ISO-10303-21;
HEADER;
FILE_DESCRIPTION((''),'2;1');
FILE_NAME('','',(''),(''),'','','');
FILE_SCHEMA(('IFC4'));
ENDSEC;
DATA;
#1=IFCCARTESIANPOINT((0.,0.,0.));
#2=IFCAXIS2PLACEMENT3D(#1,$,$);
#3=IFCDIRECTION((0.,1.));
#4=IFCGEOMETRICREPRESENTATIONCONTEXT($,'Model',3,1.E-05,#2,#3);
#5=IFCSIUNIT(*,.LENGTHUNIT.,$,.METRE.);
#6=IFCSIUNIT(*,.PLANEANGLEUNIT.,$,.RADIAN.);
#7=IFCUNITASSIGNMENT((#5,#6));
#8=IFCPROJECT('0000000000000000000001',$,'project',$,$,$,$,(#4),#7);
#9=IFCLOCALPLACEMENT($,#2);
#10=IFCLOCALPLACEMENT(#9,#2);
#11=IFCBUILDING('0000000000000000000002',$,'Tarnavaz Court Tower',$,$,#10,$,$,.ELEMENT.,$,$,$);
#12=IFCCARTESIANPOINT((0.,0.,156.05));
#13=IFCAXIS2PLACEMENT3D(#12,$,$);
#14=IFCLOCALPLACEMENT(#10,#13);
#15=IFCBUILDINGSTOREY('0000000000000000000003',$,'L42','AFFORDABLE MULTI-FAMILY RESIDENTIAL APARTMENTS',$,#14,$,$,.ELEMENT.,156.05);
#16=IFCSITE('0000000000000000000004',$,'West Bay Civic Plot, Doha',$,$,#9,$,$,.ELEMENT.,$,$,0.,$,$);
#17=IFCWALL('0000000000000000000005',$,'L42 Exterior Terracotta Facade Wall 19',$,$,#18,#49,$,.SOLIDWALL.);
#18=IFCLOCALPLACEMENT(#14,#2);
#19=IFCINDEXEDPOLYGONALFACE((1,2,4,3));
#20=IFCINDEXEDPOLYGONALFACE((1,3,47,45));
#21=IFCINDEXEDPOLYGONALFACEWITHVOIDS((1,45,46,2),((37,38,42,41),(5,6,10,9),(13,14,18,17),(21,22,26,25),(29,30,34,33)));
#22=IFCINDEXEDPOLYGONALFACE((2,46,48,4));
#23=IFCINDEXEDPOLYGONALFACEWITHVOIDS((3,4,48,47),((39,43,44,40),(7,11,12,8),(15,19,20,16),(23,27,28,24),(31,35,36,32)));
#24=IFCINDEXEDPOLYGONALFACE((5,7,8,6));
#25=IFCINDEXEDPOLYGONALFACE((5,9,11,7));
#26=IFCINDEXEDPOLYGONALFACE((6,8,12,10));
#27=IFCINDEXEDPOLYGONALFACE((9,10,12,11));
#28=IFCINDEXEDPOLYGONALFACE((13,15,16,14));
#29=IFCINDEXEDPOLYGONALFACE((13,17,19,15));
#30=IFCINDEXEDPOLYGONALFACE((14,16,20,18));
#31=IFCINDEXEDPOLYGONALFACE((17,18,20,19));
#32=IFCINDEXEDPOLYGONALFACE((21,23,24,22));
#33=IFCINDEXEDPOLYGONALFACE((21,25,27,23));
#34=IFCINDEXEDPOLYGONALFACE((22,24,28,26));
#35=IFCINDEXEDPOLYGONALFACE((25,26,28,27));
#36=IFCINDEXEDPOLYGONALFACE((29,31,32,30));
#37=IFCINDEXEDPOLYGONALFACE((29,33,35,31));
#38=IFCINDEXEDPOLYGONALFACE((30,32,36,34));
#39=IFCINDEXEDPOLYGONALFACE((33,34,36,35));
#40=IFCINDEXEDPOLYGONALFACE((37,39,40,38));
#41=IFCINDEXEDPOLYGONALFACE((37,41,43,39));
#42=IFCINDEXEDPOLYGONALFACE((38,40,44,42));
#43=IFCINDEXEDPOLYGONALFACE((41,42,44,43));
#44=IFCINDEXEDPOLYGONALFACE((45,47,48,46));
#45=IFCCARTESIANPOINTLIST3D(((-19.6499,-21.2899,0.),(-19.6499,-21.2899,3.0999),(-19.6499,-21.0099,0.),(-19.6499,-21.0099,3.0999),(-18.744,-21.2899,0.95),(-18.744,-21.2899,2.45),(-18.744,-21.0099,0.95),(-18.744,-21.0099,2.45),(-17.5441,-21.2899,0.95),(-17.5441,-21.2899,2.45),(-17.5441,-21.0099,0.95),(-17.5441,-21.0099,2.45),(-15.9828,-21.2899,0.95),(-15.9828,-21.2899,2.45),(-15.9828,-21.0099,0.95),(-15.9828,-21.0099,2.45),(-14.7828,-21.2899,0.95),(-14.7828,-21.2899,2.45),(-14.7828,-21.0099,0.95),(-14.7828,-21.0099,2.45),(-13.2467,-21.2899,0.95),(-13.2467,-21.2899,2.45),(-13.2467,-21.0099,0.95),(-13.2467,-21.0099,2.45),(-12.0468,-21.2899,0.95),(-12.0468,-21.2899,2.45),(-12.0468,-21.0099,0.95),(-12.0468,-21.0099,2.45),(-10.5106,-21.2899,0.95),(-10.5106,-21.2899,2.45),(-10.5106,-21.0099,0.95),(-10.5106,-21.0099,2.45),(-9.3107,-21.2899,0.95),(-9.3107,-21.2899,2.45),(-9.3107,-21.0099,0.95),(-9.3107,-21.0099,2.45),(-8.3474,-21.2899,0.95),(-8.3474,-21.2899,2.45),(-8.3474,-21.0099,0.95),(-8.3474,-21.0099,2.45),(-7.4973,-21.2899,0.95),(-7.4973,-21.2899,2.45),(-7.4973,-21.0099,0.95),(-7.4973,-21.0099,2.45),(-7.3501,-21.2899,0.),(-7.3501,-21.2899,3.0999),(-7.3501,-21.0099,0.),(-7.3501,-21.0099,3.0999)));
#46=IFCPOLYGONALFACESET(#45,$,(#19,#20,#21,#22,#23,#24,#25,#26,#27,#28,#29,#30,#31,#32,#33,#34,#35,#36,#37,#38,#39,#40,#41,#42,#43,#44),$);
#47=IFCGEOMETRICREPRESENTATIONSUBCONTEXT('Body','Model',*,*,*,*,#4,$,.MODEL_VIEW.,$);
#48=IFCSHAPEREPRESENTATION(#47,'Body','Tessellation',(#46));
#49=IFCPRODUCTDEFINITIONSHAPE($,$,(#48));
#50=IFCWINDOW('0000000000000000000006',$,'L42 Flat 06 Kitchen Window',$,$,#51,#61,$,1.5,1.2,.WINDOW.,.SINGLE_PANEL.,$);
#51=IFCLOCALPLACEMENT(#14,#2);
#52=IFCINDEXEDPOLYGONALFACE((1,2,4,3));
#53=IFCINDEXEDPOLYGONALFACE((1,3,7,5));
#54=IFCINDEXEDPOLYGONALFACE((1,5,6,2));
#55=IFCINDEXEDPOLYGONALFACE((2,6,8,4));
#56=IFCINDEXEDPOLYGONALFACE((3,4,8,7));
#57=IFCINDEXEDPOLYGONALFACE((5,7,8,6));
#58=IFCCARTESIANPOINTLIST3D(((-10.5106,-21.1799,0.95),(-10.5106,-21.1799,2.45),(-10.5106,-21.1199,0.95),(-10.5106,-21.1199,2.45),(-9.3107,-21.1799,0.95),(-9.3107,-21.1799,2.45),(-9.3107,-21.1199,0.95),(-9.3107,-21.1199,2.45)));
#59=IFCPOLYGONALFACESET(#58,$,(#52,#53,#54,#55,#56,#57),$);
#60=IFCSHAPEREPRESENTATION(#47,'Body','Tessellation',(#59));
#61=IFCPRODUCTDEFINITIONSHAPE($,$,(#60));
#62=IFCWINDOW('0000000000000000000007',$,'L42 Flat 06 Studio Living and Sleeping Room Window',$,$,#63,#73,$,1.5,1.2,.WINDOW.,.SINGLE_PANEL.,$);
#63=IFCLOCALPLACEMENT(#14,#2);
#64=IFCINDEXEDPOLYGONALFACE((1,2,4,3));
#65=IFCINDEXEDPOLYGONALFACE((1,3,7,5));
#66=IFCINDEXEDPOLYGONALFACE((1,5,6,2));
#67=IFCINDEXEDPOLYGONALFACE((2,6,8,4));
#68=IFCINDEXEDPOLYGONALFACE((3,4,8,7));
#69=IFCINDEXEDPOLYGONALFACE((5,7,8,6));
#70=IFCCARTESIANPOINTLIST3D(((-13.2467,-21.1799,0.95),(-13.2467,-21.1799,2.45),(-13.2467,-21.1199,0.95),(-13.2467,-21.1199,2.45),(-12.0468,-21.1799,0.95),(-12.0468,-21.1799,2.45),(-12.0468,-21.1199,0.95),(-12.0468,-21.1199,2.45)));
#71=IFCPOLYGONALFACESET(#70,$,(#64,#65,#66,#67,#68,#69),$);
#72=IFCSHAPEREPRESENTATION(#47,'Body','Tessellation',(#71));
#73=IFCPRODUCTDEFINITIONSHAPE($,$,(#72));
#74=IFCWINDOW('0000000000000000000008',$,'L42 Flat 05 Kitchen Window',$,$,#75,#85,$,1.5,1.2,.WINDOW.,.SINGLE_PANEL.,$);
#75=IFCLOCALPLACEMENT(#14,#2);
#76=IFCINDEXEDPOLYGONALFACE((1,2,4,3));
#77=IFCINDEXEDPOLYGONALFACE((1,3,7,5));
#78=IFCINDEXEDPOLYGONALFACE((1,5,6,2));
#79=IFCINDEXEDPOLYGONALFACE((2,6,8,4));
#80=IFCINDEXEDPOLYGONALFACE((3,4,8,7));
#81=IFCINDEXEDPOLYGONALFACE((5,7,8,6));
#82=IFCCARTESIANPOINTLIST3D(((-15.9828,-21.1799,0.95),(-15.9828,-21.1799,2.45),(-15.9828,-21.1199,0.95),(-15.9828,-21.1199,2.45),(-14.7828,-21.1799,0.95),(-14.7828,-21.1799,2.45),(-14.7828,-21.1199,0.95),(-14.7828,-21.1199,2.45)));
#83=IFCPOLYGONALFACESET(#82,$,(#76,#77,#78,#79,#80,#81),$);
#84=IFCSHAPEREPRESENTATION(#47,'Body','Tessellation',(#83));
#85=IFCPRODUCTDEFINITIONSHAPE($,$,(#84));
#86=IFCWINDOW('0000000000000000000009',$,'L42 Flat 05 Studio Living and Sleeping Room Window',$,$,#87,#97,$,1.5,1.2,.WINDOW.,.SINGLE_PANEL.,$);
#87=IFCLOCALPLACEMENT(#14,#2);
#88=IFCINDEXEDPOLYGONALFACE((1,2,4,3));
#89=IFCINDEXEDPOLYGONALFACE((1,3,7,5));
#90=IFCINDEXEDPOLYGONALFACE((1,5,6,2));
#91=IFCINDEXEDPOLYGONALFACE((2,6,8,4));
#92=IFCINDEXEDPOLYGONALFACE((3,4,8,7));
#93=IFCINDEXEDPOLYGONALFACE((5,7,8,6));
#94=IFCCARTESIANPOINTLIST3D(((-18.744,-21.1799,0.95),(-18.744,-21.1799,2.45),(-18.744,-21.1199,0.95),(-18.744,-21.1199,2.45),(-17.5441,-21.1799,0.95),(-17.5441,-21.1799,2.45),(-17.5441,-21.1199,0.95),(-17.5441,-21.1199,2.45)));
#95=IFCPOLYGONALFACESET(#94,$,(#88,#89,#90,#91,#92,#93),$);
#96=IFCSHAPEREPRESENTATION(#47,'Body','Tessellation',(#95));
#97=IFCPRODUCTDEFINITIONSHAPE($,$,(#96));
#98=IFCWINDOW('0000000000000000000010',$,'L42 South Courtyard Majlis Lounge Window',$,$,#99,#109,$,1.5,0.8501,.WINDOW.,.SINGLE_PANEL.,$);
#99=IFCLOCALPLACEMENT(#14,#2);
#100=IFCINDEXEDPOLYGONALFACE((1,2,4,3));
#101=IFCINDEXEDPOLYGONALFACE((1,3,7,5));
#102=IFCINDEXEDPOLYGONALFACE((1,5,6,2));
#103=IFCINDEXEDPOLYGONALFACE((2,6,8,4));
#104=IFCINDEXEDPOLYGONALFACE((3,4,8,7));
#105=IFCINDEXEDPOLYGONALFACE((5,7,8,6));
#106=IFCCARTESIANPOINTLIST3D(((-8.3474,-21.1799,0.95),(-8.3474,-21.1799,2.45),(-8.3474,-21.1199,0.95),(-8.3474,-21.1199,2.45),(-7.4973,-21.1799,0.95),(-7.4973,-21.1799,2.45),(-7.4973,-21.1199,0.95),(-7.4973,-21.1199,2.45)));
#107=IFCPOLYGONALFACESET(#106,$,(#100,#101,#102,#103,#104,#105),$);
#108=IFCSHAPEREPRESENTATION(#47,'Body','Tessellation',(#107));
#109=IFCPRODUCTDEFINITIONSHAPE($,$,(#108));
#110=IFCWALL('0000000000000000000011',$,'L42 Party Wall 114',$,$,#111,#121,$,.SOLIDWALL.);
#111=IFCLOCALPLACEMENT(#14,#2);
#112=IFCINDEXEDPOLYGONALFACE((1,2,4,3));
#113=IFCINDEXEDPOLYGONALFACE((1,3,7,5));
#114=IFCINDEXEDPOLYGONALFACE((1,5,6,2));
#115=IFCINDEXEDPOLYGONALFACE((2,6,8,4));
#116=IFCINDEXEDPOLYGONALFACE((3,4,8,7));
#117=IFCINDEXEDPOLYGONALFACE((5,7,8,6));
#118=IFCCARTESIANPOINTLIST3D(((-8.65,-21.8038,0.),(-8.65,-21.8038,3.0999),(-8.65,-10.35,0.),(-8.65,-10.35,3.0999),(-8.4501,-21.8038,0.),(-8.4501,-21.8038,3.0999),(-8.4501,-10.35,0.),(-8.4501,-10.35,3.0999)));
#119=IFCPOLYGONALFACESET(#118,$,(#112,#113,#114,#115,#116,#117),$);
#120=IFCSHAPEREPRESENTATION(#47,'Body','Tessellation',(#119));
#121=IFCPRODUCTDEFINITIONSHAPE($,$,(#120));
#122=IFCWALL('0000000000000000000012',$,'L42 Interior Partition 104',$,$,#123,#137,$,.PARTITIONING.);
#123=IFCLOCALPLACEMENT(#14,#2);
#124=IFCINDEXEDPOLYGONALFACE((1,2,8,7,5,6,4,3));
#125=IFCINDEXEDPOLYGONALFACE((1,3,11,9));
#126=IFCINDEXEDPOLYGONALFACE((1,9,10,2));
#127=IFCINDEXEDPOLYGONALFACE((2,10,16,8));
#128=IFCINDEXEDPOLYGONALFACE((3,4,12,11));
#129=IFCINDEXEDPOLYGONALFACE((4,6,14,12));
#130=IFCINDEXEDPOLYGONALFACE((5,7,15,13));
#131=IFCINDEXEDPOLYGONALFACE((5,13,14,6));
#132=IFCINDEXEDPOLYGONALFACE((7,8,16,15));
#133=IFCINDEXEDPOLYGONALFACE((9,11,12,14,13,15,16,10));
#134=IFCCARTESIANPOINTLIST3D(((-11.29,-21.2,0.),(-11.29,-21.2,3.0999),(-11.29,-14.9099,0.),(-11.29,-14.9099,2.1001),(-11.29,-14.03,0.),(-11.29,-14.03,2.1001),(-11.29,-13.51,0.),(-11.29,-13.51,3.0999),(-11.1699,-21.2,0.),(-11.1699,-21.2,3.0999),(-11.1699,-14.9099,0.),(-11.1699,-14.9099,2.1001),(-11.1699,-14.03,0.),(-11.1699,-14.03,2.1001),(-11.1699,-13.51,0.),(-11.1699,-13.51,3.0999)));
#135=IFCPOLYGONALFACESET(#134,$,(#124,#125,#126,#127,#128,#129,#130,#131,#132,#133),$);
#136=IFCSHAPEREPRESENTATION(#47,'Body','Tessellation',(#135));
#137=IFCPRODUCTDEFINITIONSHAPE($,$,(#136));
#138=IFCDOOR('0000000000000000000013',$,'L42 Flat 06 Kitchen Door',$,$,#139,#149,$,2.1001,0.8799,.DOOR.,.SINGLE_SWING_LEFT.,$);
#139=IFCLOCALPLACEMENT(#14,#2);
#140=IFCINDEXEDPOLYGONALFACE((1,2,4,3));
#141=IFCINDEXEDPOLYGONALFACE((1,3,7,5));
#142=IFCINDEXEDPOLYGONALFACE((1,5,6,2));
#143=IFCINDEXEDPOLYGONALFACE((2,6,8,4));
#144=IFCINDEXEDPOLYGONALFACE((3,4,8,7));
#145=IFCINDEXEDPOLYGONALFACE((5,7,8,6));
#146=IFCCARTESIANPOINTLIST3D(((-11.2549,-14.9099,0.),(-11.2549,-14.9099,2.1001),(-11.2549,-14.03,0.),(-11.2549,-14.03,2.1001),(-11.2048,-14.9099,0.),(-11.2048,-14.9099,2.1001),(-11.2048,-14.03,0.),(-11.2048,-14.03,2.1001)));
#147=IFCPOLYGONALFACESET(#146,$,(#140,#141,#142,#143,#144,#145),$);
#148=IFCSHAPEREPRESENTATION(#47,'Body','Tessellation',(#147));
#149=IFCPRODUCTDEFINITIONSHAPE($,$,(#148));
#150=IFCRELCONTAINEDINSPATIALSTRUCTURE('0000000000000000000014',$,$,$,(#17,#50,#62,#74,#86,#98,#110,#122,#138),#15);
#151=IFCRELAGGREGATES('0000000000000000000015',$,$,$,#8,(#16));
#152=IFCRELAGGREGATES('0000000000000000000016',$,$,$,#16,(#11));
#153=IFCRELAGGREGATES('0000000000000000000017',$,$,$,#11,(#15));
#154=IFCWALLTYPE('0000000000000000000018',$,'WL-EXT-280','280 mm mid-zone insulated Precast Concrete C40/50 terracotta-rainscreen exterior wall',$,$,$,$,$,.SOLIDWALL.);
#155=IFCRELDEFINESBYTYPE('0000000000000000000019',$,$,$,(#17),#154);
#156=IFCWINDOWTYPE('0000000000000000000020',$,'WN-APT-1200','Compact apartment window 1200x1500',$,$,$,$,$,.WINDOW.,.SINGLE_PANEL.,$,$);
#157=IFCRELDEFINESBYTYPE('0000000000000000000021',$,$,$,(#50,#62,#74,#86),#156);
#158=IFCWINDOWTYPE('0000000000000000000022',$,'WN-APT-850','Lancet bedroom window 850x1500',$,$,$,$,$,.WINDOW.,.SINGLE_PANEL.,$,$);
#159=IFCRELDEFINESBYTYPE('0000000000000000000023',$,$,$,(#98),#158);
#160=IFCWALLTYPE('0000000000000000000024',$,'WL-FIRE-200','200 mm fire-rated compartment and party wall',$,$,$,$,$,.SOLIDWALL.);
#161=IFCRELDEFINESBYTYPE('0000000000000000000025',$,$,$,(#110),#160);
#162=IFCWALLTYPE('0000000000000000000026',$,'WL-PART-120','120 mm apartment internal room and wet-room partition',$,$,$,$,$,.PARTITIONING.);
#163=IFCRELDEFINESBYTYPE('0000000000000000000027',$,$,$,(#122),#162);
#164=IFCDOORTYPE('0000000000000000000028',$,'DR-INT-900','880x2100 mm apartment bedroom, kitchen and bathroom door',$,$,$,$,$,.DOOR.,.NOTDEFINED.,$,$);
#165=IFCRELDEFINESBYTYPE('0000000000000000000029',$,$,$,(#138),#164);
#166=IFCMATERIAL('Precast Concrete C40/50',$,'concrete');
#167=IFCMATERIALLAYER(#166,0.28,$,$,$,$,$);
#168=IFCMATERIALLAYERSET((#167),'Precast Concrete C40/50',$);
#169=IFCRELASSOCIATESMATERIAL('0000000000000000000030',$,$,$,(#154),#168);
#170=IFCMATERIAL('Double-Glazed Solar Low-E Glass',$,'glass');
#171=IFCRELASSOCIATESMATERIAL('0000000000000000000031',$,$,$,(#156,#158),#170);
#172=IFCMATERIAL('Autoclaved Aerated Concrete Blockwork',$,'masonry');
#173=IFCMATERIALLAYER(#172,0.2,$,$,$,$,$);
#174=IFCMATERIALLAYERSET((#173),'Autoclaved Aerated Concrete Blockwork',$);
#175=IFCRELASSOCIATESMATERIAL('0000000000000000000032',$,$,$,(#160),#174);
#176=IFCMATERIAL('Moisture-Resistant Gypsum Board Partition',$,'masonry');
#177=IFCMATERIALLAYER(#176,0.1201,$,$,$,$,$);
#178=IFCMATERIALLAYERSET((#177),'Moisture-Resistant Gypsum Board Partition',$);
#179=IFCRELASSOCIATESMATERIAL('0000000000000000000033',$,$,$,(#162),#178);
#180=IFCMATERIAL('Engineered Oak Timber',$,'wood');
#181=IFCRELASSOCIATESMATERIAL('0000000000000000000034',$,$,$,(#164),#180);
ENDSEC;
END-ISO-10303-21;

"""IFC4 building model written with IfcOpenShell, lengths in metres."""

from ifc_helpers import new_model, si_unit, direction, frame, frame_2d, origin, place, context, subcontext, project, spatial, rectangle, extrude, material, layer, layer_set, type_object, element, fill, save


model = new_model("IFC4")

# Units and contexts
model_context = context("Model", 3, precision=1e-05, world=origin(), true_north=direction((0.0, 1.0)))
body_context = subcontext(model_context, "Body", "Model", "MODEL_VIEW")
ifc_project = project(units=[si_unit("LENGTHUNIT", "METRE"), si_unit("PLANEANGLEUNIT", "RADIAN")], contexts=[model_context])

# Site, building, storey
site_placement = place(None, origin())
site = spatial("IfcSite", under=ifc_project, at=site_placement, Name="West Bay Civic Plot, Doha", CompositionType="ELEMENT", RefElevation=0.0)
building_placement = place(site_placement, origin())
building = spatial("IfcBuilding", under=site, at=building_placement, Name="Tarnavaz Court Tower", CompositionType="ELEMENT")
storey_placement = place(building_placement, frame((0.0, 0.0, 156.05)))
storey = spatial("IfcBuildingStorey", under=building, at=storey_placement, Name="L42", Description="AFFORDABLE MULTI-FAMILY RESIDENTIAL APARTMENTS", CompositionType="ELEMENT", Elevation=156.05)

# Shared definitions
ifc_material_1 = material(Name="Double-Glazed Solar Low-E Glass", Category="glass")

# Shared definitions
ifc_material_2 = material(Name="Precast Concrete C40/50", Category="concrete")
ifc_layer_1 = layer(ifc_material_2, 0.28)
ifc_layer_set_1 = layer_set([ifc_layer_1], Name="Precast Concrete C40/50")
wall_type_1 = type_object("IfcWallType", Name="WL-EXT-280", Description="280 mm mid-zone insulated Precast Concrete C40/50 terracotta-rainscreen exterior wall", PredefinedType="SOLIDWALL", material=ifc_layer_set_1)
window_type_1 = type_object("IfcWindowType", Name="WN-APT-1200", Description="Compact apartment window 1200x1500", PartitioningType="SINGLE_PANEL", PredefinedType="WINDOW", material=ifc_material_1)

# Wall, openings, windows
wall_1_placement = place(storey_placement, frame((-7.3501, -21.1499, 0.0), z_axis=(0.0, 0.0, 1.0), x_axis=(-1.0, 0.0, 0.0)))
wall_1 = element("IfcWall", 1, at=wall_1_placement, inside=storey, type_object=wall_type_1, Name="L42 Exterior Terracotta Facade Wall 19", PredefinedType="SOLIDWALL", context=body_context, shape_type="SweptSolid", body=[
    extrude(rectangle(XDim=12.2998, YDim=0.28, at=frame_2d((6.1499, 0.0))), origin(), (0.0, 0.0, 1.0), 3.0999),
])
opening_1_placement = place(wall_1_placement, frame((0.1472, 0.0, 0.95)))
opening_1 = element("IfcOpeningElement", 2, at=opening_1_placement, cuts=wall_1, PredefinedType="OPENING", context=body_context, shape_type="SweptSolid", body=[
    extrude(rectangle(XDim=0.8501, YDim=1.5, at=frame_2d((0.425, 0.75))), frame((0.0, 0.1499, 0.0), z_axis=(0.0, -1.0, 0.0), x_axis=(1.0, 0.0, 0.0)), (0.0, 0.0, 1.0), 0.3),
])
opening_2_placement = place(wall_1_placement, frame((1.9604, 0.0, 0.95)))
opening_2 = element("IfcOpeningElement", 3, at=opening_2_placement, cuts=wall_1, PredefinedType="OPENING", context=body_context, shape_type="SweptSolid", body=[
    extrude(rectangle(XDim=1.2, YDim=1.5, at=frame_2d((0.6001, 0.75))), frame((0.0, 0.1499, 0.0), z_axis=(0.0, -1.0, 0.0), x_axis=(1.0, 0.0, 0.0)), (0.0, 0.0, 1.0), 0.3),
])
opening_3_placement = place(wall_1_placement, frame((4.6965, 0.0, 0.95)))
opening_3 = element("IfcOpeningElement", 4, at=opening_3_placement, cuts=wall_1, PredefinedType="OPENING", context=body_context, shape_type="SweptSolid", body=[
    extrude(rectangle(XDim=1.2, YDim=1.5, at=frame_2d((0.6001, 0.75))), frame((0.0, 0.1499, 0.0), z_axis=(0.0, -1.0, 0.0), x_axis=(1.0, 0.0, 0.0)), (0.0, 0.0, 1.0), 0.3),
])
opening_4_placement = place(wall_1_placement, frame((7.4326, 0.0, 0.95)))
opening_4 = element("IfcOpeningElement", 5, at=opening_4_placement, cuts=wall_1, PredefinedType="OPENING", context=body_context, shape_type="SweptSolid", body=[
    extrude(rectangle(XDim=1.2, YDim=1.5, at=frame_2d((0.6001, 0.75))), frame((0.0, 0.1499, 0.0), z_axis=(0.0, -1.0, 0.0), x_axis=(1.0, 0.0, 0.0)), (0.0, 0.0, 1.0), 0.3),
])
opening_5_placement = place(wall_1_placement, frame((10.1938, 0.0, 0.95)))
opening_5 = element("IfcOpeningElement", 6, at=opening_5_placement, cuts=wall_1, PredefinedType="OPENING", context=body_context, shape_type="SweptSolid", body=[
    extrude(rectangle(XDim=1.2, YDim=1.5, at=frame_2d((0.6001, 0.75))), frame((0.0, 0.1499, 0.0), z_axis=(0.0, -1.0, 0.0), x_axis=(1.0, 0.0, 0.0)), (0.0, 0.0, 1.0), 0.3),
])
window_1_placement = place(opening_2_placement, origin())
window_1 = element("IfcWindow", 7, at=window_1_placement, inside=storey, type_object=window_type_1, Name="L42 Flat 06 Kitchen Window", OverallHeight=1.5, OverallWidth=1.2, PartitioningType="SINGLE_PANEL", PredefinedType="WINDOW", context=body_context, shape_type="SweptSolid", body=[
    extrude(rectangle(XDim=1.2, YDim=1.5, at=frame_2d((0.6001, 0.75))), frame((0.0, 0.03, 0.0), z_axis=(0.0, -1.0, 0.0), x_axis=(1.0, 0.0, 0.0)), (0.0, 0.0, 1.0), 0.0601),
])
fill(opening_2, window_1)
window_2_placement = place(opening_3_placement, origin())
window_2 = element("IfcWindow", 8, at=window_2_placement, inside=storey, type_object=window_type_1, Name="L42 Flat 06 Studio Living and Sleeping Room Window", OverallHeight=1.5, OverallWidth=1.2, PartitioningType="SINGLE_PANEL", PredefinedType="WINDOW", context=body_context, shape_type="SweptSolid", body=[
    extrude(rectangle(XDim=1.2, YDim=1.5, at=frame_2d((0.6001, 0.75))), frame((0.0, 0.03, 0.0), z_axis=(0.0, -1.0, 0.0), x_axis=(1.0, 0.0, 0.0)), (0.0, 0.0, 1.0), 0.0601),
])
fill(opening_3, window_2)
window_3_placement = place(opening_4_placement, origin())
window_3 = element("IfcWindow", 9, at=window_3_placement, inside=storey, type_object=window_type_1, Name="L42 Flat 05 Kitchen Window", OverallHeight=1.5, OverallWidth=1.2, PartitioningType="SINGLE_PANEL", PredefinedType="WINDOW", context=body_context, shape_type="SweptSolid", body=[
    extrude(rectangle(XDim=1.2, YDim=1.5, at=frame_2d((0.6001, 0.75))), frame((0.0, 0.03, 0.0), z_axis=(0.0, -1.0, 0.0), x_axis=(1.0, 0.0, 0.0)), (0.0, 0.0, 1.0), 0.0601),
])
fill(opening_4, window_3)
window_4_placement = place(opening_5_placement, origin())
window_4 = element("IfcWindow", 10, at=window_4_placement, inside=storey, type_object=window_type_1, Name="L42 Flat 05 Studio Living and Sleeping Room Window", OverallHeight=1.5, OverallWidth=1.2, PartitioningType="SINGLE_PANEL", PredefinedType="WINDOW", context=body_context, shape_type="SweptSolid", body=[
    extrude(rectangle(XDim=1.2, YDim=1.5, at=frame_2d((0.6001, 0.75))), frame((0.0, 0.03, 0.0), z_axis=(0.0, -1.0, 0.0), x_axis=(1.0, 0.0, 0.0)), (0.0, 0.0, 1.0), 0.0601),
])
fill(opening_5, window_4)
window_type_2 = type_object("IfcWindowType", Name="WN-APT-850", Description="Lancet bedroom window 850x1500", PartitioningType="SINGLE_PANEL", PredefinedType="WINDOW", material=ifc_material_1)
window_5_placement = place(opening_1_placement, origin())
window_5 = element("IfcWindow", 11, at=window_5_placement, inside=storey, type_object=window_type_2, Name="L42 South Courtyard Majlis Lounge Window", OverallHeight=1.5, OverallWidth=0.8501, PartitioningType="SINGLE_PANEL", PredefinedType="WINDOW", context=body_context, shape_type="SweptSolid", body=[
    extrude(rectangle(XDim=0.8501, YDim=1.5, at=frame_2d((0.425, 0.75))), frame((0.0, 0.03, 0.0), z_axis=(0.0, -1.0, 0.0), x_axis=(1.0, 0.0, 0.0)), (0.0, 0.0, 1.0), 0.0601),
])
fill(opening_1, window_5)

# Wall
ifc_material_3 = material(Name="Autoclaved Aerated Concrete Blockwork", Category="masonry")
ifc_layer_2 = layer(ifc_material_3, 0.2)
ifc_layer_set_2 = layer_set([ifc_layer_2], Name="Autoclaved Aerated Concrete Blockwork")
wall_type_2 = type_object("IfcWallType", Name="WL-FIRE-200", Description="200 mm fire-rated compartment and party wall", PredefinedType="SOLIDWALL", material=ifc_layer_set_2)
wall_2_placement = place(storey_placement, frame((-8.55, -21.804, 0.0), z_axis=(0.0, 0.0, 1.0), x_axis=(0.0, 1.0, 0.0)))
element("IfcWall", 12, at=wall_2_placement, inside=storey, type_object=wall_type_2, Name="L42 Party Wall 114", PredefinedType="SOLIDWALL", context=body_context, shape_type="SweptSolid", body=[
    extrude(rectangle(XDim=11.4539, YDim=0.2, at=frame_2d((5.7271, 0.0))), origin(), (0.0, 0.0, 1.0), 3.0999),
])

# Wall, opening, door
ifc_material_4 = material(Name="Moisture-Resistant Gypsum Board Partition", Category="masonry")
ifc_layer_3 = layer(ifc_material_4, 0.1201)
ifc_layer_set_3 = layer_set([ifc_layer_3], Name="Moisture-Resistant Gypsum Board Partition")
wall_type_3 = type_object("IfcWallType", Name="WL-PART-120", Description="120 mm apartment internal room and wet-room partition", PredefinedType="PARTITIONING", material=ifc_layer_set_3)
wall_3_placement = place(storey_placement, frame((-11.23, -21.2, 0.0), z_axis=(0.0, 0.0, 1.0), x_axis=(0.0, 1.0, 0.0)))
wall_3 = element("IfcWall", 13, at=wall_3_placement, inside=storey, type_object=wall_type_3, Name="L42 Interior Partition 104", PredefinedType="PARTITIONING", context=body_context, shape_type="SweptSolid", body=[
    extrude(rectangle(XDim=7.6899, YDim=0.1201, at=frame_2d((3.845, 0.0))), origin(), (0.0, 0.0, 1.0), 3.0999),
])
opening_6_placement = place(wall_3_placement, frame((6.29, 0.0, 0.0)))
opening_6 = element("IfcOpeningElement", 14, at=opening_6_placement, cuts=wall_3, PredefinedType="OPENING", context=body_context, shape_type="SweptSolid", body=[
    extrude(rectangle(XDim=0.8799, YDim=2.1001, at=frame_2d((0.4399, 1.05))), frame((0.0, 0.0701, 0.0), z_axis=(0.0, -1.0, 0.0), x_axis=(1.0, 0.0, 0.0)), (0.0, 0.0, 1.0), 0.1401),
])
ifc_material_5 = material(Name="Engineered Oak Timber", Category="wood")
door_type = type_object("IfcDoorType", Name="DR-INT-900", Description="880x2100 mm apartment bedroom, kitchen and bathroom door", OperationType="NOTDEFINED", PredefinedType="DOOR", material=ifc_material_5)
door_1_placement = place(opening_6_placement, origin())
door_1 = element("IfcDoor", 15, at=door_1_placement, inside=storey, type_object=door_type, Name="L42 Flat 06 Kitchen Door", OperationType="SINGLE_SWING_LEFT", OverallHeight=2.1001, OverallWidth=0.8799, PredefinedType="DOOR", context=body_context, shape_type="SweptSolid", body=[
    extrude(rectangle(XDim=0.8799, YDim=2.1001, at=frame_2d((0.4399, 1.05))), frame((0.0, 0.0249, 0.0), z_axis=(0.0, -1.0, 0.0), x_axis=(1.0, 0.0, 0.0)), (0.0, 0.0, 1.0), 0.05),
])
fill(opening_6, door_1)

save(model, "model.ifc")
